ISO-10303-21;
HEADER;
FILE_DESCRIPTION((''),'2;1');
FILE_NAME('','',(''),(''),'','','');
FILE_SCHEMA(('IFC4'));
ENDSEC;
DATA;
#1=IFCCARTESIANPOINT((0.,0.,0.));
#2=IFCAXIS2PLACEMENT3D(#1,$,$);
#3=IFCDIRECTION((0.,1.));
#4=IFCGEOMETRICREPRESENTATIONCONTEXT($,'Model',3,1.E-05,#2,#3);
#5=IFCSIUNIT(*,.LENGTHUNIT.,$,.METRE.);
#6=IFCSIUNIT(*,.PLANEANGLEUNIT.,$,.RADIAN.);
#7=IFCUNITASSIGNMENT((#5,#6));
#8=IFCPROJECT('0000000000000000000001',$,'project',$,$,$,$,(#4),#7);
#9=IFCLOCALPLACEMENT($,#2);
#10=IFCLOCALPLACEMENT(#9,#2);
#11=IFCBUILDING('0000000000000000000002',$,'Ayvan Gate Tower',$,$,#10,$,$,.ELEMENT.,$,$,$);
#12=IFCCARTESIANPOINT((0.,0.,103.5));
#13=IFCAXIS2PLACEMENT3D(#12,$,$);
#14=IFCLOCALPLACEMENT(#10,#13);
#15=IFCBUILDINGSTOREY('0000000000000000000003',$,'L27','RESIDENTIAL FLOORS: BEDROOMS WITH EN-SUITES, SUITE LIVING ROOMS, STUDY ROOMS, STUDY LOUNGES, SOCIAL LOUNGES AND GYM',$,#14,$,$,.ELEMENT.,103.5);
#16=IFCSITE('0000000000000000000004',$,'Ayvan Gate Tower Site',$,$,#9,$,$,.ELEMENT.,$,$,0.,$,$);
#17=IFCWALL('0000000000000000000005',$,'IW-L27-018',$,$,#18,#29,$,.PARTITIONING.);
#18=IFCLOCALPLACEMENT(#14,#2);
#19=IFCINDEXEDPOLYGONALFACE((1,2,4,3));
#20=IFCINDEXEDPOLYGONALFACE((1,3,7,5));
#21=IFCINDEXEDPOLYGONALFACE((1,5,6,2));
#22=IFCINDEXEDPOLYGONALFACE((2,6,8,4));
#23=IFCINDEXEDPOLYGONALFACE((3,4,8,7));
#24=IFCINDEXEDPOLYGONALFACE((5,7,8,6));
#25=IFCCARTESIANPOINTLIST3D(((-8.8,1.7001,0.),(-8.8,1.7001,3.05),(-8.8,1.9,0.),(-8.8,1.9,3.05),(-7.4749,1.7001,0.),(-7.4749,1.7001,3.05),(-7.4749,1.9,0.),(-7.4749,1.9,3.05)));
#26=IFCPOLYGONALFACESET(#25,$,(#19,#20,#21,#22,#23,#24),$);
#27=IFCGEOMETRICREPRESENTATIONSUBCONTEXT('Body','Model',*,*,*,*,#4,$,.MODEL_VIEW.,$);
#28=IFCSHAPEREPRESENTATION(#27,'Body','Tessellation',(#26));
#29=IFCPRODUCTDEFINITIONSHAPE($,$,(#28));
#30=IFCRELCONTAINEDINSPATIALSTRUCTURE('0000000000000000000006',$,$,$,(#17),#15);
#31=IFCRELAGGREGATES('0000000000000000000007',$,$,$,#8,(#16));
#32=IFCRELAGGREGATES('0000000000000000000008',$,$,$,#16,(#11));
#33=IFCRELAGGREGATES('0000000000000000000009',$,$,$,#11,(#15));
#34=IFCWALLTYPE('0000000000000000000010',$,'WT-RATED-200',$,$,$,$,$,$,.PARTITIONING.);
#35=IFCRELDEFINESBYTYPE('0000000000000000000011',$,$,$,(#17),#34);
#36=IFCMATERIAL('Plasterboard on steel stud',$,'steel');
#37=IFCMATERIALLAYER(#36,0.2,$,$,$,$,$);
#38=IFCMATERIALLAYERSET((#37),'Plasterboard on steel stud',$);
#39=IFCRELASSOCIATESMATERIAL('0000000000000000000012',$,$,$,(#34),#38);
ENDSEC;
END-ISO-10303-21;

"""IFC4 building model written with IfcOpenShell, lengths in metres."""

from ifc_helpers import new_model, si_unit, direction, frame, frame_2d, origin, place, context, subcontext, project, spatial, rectangle, extrude, material, layer, layer_set, type_object, element, save


model = new_model("IFC4")

# Units and contexts
model_context = context("Model", 3, precision=1e-05, world=origin(), true_north=direction((0.0, 1.0)))
body_context = subcontext(model_context, "Body", "Model", "MODEL_VIEW")
ifc_project = project(units=[si_unit("LENGTHUNIT", "METRE"), si_unit("PLANEANGLEUNIT", "RADIAN")], contexts=[model_context])

# Site, building, storey
site_placement = place(None, origin())
site = spatial("IfcSite", under=ifc_project, at=site_placement, Name="Ayvan Gate Tower Site", CompositionType="ELEMENT", RefElevation=0.0)
building_placement = place(site_placement, origin())
building = spatial("IfcBuilding", under=site, at=building_placement, Name="Ayvan Gate Tower", CompositionType="ELEMENT")
storey_placement = place(building_placement, frame((0.0, 0.0, 103.5)))
storey = spatial("IfcBuildingStorey", under=building, at=storey_placement, Name="L27", Description="RESIDENTIAL FLOORS: BEDROOMS WITH EN-SUITES, SUITE LIVING ROOMS, STUDY ROOMS, STUDY LOUNGES, SOCIAL LOUNGES AND GYM", CompositionType="ELEMENT", Elevation=103.5)

# Shared definitions
ifc_material_1 = material(Name="Plasterboard on steel stud", Category="steel")

# Wall
ifc_layer_1 = layer(ifc_material_1, 0.2)
ifc_layer_set_1 = layer_set([ifc_layer_1], Name="Plasterboard on steel stud")
wall_type_1 = type_object("IfcWallType", Name="WT-RATED-200", PredefinedType="PARTITIONING", material=ifc_layer_set_1)
wall_1_placement = place(storey_placement, frame((-8.8, 1.8, 0.0), z_axis=(0.0, 0.0, 1.0), x_axis=(1.0, 0.0, 0.0)))
element("IfcWall", 1, at=wall_1_placement, inside=storey, type_object=wall_type_1, Name="IW-L27-018", PredefinedType="PARTITIONING", context=body_context, shape_type="SweptSolid", body=[
    extrude(rectangle(XDim=1.3252, YDim=0.2, at=frame_2d((0.6626, 0.0))), origin(), (0.0, 0.0, 1.0), 3.05),
])

save(model, "model.ifc")
